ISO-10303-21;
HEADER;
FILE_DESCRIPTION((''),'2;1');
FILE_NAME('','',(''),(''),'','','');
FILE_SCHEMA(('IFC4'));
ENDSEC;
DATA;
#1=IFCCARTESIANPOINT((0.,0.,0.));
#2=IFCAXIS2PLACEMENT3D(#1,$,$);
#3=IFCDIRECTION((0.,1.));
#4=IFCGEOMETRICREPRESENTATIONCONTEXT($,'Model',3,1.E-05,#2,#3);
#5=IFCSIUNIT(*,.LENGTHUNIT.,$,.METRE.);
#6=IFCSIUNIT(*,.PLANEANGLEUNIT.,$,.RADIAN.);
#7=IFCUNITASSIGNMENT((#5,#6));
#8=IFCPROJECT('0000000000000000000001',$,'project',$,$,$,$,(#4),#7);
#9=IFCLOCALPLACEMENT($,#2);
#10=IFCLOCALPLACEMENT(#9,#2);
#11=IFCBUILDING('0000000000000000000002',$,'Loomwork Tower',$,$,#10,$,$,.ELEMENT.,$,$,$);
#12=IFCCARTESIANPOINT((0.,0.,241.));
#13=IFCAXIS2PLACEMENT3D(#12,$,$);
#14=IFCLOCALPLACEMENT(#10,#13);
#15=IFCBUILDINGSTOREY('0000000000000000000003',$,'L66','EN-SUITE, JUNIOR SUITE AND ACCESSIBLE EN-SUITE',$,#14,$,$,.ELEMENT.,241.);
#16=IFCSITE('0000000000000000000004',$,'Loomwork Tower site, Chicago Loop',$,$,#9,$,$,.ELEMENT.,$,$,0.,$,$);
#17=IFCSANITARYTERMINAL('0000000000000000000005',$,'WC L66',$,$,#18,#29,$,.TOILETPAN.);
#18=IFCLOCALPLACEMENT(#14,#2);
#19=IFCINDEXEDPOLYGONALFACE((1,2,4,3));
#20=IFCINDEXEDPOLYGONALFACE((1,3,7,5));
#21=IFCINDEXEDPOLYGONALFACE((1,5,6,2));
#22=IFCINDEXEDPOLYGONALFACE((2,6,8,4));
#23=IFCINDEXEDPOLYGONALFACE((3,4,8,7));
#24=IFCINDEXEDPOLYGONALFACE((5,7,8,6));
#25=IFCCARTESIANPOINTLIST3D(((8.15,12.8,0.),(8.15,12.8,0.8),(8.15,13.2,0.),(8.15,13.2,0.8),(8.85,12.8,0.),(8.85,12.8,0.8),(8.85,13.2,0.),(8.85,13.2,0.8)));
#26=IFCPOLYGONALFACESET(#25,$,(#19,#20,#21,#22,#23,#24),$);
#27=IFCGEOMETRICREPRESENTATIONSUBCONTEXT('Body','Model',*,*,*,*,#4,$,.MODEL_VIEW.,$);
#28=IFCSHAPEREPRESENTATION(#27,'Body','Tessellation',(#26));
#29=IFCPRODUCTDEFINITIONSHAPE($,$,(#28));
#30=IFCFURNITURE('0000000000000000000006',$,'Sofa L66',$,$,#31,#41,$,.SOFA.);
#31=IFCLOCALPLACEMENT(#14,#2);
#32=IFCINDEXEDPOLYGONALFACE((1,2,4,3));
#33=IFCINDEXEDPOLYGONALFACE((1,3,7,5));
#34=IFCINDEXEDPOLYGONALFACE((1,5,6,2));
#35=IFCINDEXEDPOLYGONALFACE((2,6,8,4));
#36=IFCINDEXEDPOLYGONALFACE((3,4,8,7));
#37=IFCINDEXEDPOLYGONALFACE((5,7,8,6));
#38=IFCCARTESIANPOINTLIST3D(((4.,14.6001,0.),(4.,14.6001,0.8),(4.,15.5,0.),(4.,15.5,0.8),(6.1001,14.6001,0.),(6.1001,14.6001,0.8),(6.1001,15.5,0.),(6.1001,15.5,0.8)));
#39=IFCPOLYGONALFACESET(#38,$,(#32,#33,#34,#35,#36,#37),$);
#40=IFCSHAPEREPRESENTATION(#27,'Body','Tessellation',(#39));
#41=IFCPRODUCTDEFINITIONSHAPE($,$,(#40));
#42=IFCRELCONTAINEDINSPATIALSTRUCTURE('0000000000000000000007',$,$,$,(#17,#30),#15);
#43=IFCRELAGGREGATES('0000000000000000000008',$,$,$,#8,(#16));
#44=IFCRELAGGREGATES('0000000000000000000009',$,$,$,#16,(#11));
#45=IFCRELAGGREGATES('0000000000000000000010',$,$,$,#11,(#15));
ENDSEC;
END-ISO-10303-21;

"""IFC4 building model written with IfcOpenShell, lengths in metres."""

from ifc_helpers import new_model, si_unit, direction, frame, origin, origin_2d, place, context, subcontext, project, spatial, rectangle, extrude, element, save


model = new_model("IFC4")

# Units and contexts
model_context = context("Model", 3, precision=1e-05, world=origin(), true_north=direction((0.0, 1.0)))
body_context = subcontext(model_context, "Body", "Model", "MODEL_VIEW")
ifc_project = project(units=[si_unit("LENGTHUNIT", "METRE"), si_unit("PLANEANGLEUNIT", "RADIAN")], contexts=[model_context])

# Site, building, storey
site_placement = place(None, origin())
site = spatial("IfcSite", under=ifc_project, at=site_placement, Name="Loomwork Tower site, Chicago Loop", CompositionType="ELEMENT", RefElevation=0.0)
building_placement = place(site_placement, origin())
building = spatial("IfcBuilding", under=site, at=building_placement, Name="Loomwork Tower", CompositionType="ELEMENT")
storey_placement = place(building_placement, frame((0.0, 0.0, 241.0)))
storey = spatial("IfcBuildingStorey", under=building, at=storey_placement, Name="L66", Description="EN-SUITE, JUNIOR SUITE AND ACCESSIBLE EN-SUITE", CompositionType="ELEMENT", Elevation=241.0)

# Sanitary terminal
sanitary_terminal_1_placement = place(storey_placement, frame((8.5, 13.0, 0.0), z_axis=(0.0, 0.0, 1.0), x_axis=(1.0, 0.0, 0.0)))
element("IfcSanitaryTerminal", 1, at=sanitary_terminal_1_placement, inside=storey, Name="WC L66", PredefinedType="TOILETPAN", context=body_context, shape_type="SweptSolid", body=[
    extrude(rectangle(XDim=0.7, YDim=0.3999, at=origin_2d()), origin(), (0.0, 0.0, 1.0), 0.8),
])

# Furniture
furniture_placement = place(storey_placement, frame((5.05, 15.05, 0.0), z_axis=(0.0, 0.0, 1.0), x_axis=(1.0, 0.0, 0.0)))
element("IfcFurniture", 2, at=furniture_placement, inside=storey, Name="Sofa L66", PredefinedType="SOFA", context=body_context, shape_type="SweptSolid", body=[
    extrude(rectangle(XDim=2.1001, YDim=0.8999, at=origin_2d()), origin(), (0.0, 0.0, 1.0), 0.8),
])

save(model, "model.ifc")
